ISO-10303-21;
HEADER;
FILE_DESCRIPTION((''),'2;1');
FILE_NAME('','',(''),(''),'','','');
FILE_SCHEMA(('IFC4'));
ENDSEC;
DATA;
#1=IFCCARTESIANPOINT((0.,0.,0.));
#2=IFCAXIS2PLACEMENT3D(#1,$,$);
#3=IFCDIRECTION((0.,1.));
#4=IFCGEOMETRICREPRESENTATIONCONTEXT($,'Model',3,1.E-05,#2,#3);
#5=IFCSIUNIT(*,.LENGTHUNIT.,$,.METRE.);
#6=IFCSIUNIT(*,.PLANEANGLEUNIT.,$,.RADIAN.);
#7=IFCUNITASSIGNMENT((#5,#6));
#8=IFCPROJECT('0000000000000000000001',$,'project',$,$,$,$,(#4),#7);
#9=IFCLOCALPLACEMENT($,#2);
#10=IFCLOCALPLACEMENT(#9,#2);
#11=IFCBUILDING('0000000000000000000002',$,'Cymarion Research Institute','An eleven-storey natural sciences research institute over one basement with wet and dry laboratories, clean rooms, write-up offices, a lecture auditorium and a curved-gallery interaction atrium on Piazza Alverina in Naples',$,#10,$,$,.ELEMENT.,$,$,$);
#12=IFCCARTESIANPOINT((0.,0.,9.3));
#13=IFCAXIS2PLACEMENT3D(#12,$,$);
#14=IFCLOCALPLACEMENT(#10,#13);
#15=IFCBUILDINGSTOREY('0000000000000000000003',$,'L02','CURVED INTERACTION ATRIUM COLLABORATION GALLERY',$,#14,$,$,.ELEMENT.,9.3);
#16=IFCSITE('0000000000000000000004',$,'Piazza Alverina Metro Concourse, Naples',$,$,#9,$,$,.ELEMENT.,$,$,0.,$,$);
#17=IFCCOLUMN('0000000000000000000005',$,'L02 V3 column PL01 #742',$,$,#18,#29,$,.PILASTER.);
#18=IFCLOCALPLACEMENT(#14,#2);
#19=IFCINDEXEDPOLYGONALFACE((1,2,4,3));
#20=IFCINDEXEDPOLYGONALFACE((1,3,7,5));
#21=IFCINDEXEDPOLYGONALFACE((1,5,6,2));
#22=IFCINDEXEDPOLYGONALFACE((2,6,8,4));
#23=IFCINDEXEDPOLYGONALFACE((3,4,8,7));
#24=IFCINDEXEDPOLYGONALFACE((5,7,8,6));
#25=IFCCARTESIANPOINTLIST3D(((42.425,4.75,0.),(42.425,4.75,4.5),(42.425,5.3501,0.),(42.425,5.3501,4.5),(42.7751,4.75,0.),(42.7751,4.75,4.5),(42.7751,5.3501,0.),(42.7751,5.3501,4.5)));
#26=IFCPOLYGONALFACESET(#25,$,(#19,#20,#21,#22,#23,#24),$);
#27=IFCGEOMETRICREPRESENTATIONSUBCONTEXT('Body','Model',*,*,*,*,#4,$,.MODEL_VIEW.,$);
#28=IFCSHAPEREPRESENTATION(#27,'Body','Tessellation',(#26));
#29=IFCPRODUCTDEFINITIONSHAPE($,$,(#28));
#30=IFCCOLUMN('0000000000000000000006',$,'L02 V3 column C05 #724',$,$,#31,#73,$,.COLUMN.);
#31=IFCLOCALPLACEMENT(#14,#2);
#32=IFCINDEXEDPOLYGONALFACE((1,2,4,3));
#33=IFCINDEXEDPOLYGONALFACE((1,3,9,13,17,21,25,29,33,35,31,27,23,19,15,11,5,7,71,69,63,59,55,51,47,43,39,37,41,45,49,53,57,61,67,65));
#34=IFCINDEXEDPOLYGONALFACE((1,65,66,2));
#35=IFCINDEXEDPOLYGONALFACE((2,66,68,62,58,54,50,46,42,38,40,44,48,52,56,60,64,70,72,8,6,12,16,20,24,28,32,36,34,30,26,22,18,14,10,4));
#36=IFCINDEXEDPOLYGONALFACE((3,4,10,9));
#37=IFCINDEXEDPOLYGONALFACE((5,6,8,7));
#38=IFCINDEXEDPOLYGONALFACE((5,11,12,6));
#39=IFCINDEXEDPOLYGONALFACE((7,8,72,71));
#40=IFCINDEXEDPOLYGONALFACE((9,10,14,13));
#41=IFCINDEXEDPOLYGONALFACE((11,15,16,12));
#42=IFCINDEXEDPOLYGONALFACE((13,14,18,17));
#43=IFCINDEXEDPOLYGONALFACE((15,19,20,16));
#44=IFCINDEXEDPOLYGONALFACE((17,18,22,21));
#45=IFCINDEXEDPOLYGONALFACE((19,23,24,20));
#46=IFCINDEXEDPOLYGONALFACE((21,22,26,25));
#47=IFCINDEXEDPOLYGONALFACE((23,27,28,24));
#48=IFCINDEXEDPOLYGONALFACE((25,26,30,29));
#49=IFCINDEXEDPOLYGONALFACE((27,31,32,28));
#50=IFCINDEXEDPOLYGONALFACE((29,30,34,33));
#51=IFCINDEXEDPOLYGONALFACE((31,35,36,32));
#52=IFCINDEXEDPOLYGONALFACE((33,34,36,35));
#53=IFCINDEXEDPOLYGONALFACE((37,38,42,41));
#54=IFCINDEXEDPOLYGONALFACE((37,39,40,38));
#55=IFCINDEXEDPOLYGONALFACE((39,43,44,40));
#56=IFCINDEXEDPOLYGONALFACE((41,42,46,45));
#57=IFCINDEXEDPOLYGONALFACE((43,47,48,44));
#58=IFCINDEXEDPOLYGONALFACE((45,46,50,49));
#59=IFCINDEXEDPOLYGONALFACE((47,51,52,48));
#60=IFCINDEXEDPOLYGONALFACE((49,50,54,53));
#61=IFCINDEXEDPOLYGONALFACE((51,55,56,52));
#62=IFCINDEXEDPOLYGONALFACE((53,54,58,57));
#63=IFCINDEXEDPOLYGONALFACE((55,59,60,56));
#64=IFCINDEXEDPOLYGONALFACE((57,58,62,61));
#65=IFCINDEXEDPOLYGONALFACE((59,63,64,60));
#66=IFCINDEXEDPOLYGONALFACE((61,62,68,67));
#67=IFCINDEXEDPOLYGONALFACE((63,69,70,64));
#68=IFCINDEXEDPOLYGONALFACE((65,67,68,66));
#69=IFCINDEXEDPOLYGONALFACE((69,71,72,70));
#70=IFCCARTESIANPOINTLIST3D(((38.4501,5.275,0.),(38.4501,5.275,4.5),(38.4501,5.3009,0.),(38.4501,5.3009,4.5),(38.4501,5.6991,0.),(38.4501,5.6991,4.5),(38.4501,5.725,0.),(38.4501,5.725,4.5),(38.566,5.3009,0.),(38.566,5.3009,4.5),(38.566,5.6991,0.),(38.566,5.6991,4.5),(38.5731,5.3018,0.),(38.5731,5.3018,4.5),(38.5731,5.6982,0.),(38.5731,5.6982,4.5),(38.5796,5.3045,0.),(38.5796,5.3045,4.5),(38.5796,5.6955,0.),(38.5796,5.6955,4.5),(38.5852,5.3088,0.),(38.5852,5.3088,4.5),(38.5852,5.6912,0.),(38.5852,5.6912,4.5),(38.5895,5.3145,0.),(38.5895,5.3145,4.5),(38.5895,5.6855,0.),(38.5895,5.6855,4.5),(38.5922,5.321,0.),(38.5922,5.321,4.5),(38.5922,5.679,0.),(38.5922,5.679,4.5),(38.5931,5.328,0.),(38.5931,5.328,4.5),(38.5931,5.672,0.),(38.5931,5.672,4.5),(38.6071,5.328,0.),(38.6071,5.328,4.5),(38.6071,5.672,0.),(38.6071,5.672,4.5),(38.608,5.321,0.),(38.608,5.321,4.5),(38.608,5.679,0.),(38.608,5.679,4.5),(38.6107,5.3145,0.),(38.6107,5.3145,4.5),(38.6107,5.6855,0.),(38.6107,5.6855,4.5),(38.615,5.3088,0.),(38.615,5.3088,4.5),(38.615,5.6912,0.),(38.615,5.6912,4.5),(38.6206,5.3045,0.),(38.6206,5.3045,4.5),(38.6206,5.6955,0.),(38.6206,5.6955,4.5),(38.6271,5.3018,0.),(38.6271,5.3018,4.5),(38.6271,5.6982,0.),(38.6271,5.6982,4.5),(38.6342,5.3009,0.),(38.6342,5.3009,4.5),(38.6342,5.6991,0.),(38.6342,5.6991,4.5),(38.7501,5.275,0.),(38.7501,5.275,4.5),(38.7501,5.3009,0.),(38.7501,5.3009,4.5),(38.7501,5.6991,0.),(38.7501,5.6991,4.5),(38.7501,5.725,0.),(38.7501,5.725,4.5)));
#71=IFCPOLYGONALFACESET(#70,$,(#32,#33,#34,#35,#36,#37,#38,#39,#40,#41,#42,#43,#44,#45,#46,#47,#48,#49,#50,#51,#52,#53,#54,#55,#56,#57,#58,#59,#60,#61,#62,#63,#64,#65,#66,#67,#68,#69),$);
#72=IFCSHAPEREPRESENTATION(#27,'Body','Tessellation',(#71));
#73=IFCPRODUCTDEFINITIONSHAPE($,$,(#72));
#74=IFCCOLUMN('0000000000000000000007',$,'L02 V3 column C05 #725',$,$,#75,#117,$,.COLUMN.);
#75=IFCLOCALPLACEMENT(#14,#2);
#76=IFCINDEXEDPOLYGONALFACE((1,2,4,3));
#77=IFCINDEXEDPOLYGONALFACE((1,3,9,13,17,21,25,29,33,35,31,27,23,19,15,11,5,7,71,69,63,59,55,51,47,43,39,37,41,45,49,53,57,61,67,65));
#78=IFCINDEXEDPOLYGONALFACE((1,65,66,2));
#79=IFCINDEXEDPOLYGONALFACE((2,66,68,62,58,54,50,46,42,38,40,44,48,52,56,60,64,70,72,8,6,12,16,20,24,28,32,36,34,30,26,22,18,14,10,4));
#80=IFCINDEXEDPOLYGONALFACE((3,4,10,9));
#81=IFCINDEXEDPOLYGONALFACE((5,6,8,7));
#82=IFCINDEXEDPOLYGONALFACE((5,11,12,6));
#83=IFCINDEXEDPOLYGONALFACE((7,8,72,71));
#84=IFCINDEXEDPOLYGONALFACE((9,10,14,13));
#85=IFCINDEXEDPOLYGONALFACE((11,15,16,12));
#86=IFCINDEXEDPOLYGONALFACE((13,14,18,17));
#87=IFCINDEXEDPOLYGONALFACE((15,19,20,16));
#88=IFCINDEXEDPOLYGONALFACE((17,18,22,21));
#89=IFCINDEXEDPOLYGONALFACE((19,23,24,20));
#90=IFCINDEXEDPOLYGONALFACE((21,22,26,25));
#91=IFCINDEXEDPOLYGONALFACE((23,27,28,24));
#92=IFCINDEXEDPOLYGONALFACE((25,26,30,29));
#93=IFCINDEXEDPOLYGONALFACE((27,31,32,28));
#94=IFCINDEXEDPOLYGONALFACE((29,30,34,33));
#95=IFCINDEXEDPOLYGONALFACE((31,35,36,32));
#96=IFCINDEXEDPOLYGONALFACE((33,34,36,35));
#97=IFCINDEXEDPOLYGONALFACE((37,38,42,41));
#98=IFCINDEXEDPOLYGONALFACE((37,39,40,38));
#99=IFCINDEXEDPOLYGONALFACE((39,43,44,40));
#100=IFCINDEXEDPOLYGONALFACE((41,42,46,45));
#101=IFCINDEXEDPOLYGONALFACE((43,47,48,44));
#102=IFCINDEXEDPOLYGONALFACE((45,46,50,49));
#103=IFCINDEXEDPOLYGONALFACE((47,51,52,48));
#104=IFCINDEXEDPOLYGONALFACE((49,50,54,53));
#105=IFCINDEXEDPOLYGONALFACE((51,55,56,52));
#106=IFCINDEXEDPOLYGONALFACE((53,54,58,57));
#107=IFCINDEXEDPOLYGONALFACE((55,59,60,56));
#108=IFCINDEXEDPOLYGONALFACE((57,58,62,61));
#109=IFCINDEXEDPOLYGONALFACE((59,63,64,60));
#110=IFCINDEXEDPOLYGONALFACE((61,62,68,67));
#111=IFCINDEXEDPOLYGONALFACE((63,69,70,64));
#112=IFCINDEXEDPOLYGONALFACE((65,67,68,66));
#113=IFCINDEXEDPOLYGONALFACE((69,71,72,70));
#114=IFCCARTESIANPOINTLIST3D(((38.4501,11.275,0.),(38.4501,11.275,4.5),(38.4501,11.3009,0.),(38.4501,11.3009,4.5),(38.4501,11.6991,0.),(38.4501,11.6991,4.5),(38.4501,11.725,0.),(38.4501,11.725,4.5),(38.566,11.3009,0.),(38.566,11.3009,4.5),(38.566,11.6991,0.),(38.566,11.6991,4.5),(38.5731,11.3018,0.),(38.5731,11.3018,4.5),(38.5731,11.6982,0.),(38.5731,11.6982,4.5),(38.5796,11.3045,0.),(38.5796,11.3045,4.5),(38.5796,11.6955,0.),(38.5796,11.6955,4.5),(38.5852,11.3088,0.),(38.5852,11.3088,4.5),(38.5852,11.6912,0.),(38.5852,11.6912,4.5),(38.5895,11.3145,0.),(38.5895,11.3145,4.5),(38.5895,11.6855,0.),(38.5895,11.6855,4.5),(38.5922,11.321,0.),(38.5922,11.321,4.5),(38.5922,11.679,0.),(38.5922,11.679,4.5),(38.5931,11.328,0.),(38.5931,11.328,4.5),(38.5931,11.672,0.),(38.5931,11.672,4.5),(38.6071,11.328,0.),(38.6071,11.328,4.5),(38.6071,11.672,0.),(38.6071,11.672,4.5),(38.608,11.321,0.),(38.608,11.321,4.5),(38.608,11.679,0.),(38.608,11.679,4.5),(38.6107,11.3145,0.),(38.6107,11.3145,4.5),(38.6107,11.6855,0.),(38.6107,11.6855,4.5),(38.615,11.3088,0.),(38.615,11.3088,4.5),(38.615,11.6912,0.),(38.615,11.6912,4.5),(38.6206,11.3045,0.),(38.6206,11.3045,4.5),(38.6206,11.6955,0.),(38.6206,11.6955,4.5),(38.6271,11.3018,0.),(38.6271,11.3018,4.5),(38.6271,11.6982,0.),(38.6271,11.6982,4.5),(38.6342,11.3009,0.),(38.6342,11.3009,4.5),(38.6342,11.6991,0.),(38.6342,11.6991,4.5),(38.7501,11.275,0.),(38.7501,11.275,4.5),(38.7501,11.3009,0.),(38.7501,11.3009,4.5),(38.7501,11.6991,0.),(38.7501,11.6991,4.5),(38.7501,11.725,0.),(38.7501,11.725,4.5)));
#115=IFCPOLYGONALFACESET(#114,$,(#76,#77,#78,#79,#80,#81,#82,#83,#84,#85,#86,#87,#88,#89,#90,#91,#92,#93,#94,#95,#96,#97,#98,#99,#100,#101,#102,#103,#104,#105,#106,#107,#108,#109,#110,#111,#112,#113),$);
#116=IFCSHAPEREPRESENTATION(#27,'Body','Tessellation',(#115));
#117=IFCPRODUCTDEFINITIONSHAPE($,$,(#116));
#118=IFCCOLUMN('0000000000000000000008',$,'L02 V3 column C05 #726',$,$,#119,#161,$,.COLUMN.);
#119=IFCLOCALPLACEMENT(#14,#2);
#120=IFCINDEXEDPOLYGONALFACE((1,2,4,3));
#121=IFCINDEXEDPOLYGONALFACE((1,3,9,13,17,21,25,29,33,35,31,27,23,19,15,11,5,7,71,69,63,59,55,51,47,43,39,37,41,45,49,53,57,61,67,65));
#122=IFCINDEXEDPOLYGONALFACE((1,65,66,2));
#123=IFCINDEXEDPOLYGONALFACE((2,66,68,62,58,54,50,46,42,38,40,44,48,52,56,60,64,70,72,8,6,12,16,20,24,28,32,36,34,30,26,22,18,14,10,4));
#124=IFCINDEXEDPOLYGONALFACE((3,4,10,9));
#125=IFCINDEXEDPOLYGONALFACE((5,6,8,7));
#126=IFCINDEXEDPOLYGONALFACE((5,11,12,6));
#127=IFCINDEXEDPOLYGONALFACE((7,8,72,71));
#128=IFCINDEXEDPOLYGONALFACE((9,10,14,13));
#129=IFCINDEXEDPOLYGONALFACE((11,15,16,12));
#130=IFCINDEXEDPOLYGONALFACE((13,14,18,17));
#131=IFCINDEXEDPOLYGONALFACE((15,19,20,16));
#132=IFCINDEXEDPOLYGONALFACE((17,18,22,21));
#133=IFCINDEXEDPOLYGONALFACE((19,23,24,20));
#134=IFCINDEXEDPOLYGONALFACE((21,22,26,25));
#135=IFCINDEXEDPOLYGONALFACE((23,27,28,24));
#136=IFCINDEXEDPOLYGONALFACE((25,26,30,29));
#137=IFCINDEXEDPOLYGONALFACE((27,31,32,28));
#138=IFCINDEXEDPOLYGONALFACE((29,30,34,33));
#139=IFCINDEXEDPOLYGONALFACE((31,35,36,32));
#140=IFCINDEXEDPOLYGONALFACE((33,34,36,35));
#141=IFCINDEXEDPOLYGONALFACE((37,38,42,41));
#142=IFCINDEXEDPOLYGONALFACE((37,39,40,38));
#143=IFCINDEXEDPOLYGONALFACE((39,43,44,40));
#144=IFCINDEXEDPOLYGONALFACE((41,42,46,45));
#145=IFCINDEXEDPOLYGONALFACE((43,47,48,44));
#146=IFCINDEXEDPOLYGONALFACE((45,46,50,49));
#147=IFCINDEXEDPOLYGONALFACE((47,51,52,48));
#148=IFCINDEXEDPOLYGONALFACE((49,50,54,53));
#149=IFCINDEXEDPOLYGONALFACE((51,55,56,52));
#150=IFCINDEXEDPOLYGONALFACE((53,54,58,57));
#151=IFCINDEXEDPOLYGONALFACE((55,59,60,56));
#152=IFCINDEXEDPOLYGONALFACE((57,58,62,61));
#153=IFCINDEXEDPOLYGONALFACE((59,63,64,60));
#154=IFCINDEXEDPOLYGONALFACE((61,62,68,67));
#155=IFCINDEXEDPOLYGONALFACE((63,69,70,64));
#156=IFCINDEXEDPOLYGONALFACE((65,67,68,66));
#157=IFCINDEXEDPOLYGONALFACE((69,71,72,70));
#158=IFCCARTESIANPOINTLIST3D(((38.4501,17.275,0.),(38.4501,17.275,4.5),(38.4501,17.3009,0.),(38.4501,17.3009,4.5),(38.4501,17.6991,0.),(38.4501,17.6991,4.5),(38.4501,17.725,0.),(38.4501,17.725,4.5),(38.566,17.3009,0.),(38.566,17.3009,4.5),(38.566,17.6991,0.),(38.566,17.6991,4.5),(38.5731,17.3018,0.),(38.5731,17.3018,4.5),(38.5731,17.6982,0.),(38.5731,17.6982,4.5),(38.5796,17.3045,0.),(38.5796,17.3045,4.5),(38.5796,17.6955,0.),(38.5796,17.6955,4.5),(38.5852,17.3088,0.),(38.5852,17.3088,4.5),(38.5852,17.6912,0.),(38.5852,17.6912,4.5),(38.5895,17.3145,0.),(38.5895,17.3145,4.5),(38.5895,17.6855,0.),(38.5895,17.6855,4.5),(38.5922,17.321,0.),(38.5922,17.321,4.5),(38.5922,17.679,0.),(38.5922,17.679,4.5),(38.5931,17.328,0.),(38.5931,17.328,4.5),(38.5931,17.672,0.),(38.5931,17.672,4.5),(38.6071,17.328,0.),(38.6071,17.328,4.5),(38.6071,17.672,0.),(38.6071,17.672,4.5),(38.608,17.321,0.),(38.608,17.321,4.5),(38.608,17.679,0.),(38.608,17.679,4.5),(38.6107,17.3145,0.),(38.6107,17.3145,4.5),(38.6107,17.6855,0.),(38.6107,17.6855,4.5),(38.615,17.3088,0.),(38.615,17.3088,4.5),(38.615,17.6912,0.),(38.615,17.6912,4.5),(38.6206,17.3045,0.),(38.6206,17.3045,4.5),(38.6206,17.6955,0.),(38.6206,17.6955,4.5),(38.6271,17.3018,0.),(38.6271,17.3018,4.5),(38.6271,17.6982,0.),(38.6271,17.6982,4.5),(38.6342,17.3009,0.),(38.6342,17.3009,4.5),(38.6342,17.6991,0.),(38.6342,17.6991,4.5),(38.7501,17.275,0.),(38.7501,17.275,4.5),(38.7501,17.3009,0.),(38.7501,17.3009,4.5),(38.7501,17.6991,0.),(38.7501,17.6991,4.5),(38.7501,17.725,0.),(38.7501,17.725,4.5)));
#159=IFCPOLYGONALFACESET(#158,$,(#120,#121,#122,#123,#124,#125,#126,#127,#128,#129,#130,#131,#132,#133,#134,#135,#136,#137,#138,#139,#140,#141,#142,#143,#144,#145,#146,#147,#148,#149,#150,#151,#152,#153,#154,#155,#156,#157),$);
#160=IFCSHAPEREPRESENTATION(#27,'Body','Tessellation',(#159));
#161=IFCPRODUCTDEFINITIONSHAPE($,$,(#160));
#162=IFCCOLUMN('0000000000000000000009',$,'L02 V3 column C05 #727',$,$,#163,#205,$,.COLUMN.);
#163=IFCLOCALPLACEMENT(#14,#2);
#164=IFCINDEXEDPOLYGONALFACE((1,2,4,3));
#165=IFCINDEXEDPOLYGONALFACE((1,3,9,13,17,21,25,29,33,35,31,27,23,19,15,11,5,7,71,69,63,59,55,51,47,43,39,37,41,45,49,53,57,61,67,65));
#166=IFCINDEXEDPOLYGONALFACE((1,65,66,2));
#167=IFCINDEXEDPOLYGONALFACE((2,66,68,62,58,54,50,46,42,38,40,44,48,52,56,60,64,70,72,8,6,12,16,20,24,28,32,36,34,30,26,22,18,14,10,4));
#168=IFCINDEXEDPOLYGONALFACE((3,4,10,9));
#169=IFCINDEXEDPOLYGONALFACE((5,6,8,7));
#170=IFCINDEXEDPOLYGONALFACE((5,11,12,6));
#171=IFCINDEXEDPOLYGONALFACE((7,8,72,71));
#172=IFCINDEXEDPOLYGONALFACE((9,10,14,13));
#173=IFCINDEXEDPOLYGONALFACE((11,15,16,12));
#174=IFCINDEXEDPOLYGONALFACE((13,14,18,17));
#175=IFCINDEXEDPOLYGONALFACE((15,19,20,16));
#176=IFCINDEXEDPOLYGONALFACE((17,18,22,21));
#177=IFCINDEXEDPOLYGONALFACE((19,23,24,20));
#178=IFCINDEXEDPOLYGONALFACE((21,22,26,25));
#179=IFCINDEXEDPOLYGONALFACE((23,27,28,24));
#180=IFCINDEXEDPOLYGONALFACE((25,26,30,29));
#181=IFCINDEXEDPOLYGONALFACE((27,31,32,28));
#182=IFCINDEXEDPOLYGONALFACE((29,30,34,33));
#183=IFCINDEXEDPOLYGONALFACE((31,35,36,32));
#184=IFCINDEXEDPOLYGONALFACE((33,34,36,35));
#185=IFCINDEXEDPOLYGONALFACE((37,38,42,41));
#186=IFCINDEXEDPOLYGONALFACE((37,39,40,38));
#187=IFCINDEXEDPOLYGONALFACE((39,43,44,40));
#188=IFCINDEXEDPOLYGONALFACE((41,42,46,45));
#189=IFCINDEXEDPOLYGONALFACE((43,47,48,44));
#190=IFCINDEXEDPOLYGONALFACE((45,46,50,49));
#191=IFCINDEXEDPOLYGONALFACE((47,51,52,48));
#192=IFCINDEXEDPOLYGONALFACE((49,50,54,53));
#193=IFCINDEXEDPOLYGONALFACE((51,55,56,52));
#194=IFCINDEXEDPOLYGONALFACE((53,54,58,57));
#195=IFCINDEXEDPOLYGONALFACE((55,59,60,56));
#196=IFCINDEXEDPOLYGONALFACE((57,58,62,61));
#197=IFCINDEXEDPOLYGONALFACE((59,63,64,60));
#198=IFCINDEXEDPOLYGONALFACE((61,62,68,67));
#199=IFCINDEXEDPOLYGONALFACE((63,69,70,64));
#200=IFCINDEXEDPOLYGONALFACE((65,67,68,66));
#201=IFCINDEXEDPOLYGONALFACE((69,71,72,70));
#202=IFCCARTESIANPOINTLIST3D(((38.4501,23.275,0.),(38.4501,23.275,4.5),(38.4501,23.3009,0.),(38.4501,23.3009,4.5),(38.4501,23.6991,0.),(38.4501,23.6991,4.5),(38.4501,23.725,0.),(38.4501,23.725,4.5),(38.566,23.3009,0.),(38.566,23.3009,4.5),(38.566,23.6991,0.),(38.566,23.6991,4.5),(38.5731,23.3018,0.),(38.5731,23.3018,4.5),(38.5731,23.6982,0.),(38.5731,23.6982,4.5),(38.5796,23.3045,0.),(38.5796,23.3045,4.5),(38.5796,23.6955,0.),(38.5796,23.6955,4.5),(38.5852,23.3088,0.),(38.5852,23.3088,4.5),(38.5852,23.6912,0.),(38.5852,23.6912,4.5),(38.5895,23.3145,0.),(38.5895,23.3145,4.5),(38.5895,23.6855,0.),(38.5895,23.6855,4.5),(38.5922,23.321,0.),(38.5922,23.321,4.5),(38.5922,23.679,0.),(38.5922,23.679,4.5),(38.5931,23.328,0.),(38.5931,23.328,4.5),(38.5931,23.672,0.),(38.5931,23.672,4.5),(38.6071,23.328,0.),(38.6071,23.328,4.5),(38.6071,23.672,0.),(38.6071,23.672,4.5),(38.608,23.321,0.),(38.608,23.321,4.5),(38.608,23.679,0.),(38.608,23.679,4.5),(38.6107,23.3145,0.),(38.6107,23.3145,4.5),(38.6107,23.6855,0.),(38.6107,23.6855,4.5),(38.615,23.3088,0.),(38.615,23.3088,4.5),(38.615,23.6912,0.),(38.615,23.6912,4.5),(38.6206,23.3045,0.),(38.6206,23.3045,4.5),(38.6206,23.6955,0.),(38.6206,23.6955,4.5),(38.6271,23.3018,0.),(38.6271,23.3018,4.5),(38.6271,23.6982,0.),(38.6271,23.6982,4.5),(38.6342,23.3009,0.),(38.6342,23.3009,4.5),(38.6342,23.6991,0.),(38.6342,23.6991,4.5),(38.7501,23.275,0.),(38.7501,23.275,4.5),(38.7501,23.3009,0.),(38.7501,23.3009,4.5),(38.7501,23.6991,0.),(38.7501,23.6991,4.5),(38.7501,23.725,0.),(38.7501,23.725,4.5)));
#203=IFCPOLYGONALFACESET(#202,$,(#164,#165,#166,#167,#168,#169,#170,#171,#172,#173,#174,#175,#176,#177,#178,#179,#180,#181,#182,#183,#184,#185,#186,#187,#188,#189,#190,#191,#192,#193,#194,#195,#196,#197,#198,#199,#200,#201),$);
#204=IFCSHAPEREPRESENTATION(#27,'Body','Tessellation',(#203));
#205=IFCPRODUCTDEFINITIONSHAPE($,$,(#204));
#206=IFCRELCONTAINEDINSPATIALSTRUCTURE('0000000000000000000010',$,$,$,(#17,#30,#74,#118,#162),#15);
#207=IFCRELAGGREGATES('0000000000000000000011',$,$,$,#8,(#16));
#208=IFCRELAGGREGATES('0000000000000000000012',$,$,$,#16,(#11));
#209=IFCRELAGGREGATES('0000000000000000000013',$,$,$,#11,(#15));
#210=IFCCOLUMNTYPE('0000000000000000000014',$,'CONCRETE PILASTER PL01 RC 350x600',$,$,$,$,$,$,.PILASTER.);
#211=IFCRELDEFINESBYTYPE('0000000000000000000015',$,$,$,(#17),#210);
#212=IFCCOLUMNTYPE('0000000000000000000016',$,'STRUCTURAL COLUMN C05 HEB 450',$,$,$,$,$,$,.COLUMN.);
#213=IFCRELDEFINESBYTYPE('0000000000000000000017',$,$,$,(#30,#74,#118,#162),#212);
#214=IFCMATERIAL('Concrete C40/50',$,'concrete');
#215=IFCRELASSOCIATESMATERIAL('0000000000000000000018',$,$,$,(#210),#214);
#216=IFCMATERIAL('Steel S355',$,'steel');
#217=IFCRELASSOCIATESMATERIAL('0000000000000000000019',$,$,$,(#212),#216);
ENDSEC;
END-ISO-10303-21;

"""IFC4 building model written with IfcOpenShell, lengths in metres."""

from ifc_helpers import new_model, si_unit, direction, frame, origin, origin_2d, place, context, subcontext, project, spatial, rectangle, i_section, extrude, material, material_profile, profile_set, type_object, element, save


model = new_model("IFC4")

# Units and contexts
model_context = context("Model", 3, precision=1e-05, world=origin(), true_north=direction((0.0, 1.0)))
body_context = subcontext(model_context, "Body", "Model", "MODEL_VIEW")
ifc_project = project(units=[si_unit("LENGTHUNIT", "METRE"), si_unit("PLANEANGLEUNIT", "RADIAN")], contexts=[model_context])

# Site, building, storey
site_placement = place(None, origin())
site = spatial("IfcSite", under=ifc_project, at=site_placement, Name="Piazza Alverina Metro Concourse, Naples", CompositionType="ELEMENT", RefElevation=0.0)
building_placement = place(site_placement, origin())
building = spatial("IfcBuilding", under=site, at=building_placement, Name="Cymarion Research Institute", Description="An eleven-storey natural sciences research institute over one basement with wet and dry laboratories, clean rooms, write-up offices, a lecture auditorium and a curved-gallery interaction atrium on Piazza Alverina in Naples", CompositionType="ELEMENT")
storey_placement = place(building_placement, frame((0.0, 0.0, 9.3)))
storey = spatial("IfcBuildingStorey", under=building, at=storey_placement, Name="L02", Description="CURVED INTERACTION ATRIUM COLLABORATION GALLERY", CompositionType="ELEMENT", Elevation=9.3)

# Columns
ifc_material_1 = material(Name="Concrete C40/50", Category="concrete")
ifc_material_profile_1 = material_profile(ifc_material_1, rectangle(XDim=0.3501, YDim=0.6001, at=origin_2d()), Name="RC 350x600")
ifc_profile_set_1 = profile_set([ifc_material_profile_1], Name="Concrete C40/50")
column_type_1 = type_object("IfcColumnType", Name="CONCRETE PILASTER PL01 RC 350x600", PredefinedType="PILASTER", material=ifc_profile_set_1)
column_placement = place(storey_placement, frame((42.6001, 5.05, 0.0), z_axis=(0.0, 0.0, 1.0), x_axis=(1.0, 0.0, 0.0)))
element("IfcColumn", 1, at=column_placement, inside=storey, type_object=column_type_1, Name="L02 V3 column PL01 #742", PredefinedType="PILASTER", context=body_context, shape_type="SweptSolid", body=[
    extrude(rectangle(XDim=0.3501, YDim=0.6001, at=origin_2d()), origin(), (0.0, 0.0, 1.0), 4.5),
])
ifc_material_2 = material(Name="Steel S355", Category="steel")
ifc_material_profile_2 = material_profile(ifc_material_2, i_section(OverallWidth=0.3, OverallDepth=0.45, WebThickness=0.0139, FlangeThickness=0.0259, FilletRadius=0.0271, at=origin_2d()), Name="HEB 450")
ifc_profile_set_2 = profile_set([ifc_material_profile_2], Name="Steel S355")
column_type_2 = type_object("IfcColumnType", Name="STRUCTURAL COLUMN C05 HEB 450", PredefinedType="COLUMN", material=ifc_profile_set_2)
for number, where, z_axis, x_axis, name in (
    (2, (38.6001, 5.5, 0.0), (0.0, 0.0, 1.0), (1.0, 0.0, 0.0), "L02 V3 column C05 #724"),
    (3, (38.6001, 11.5, 0.0), (0.0, 0.0, 1.0), (1.0, 0.0, 0.0), "L02 V3 column C05 #725"),
    (4, (38.6001, 17.5, 0.0), (0.0, 0.0, 1.0), (1.0, 0.0, 0.0), "L02 V3 column C05 #726"),
    (5, (38.6001, 23.5, 0.0), (0.0, 0.0, 1.0), (1.0, 0.0, 0.0), "L02 V3 column C05 #727"),
):
    element("IfcColumn", number, at=place(storey_placement, frame(where, z_axis=z_axis, x_axis=x_axis)), inside=storey, type_object=column_type_2, Name=name, PredefinedType="COLUMN", context=body_context, shape_type="SweptSolid", body=[
        extrude(i_section(OverallWidth=0.3, OverallDepth=0.45, WebThickness=0.0139, FlangeThickness=0.0259, FilletRadius=0.0271, at=origin_2d()), origin(), (0.0, 0.0, 1.0), 4.5),
    ])

save(model, "model.ifc")
